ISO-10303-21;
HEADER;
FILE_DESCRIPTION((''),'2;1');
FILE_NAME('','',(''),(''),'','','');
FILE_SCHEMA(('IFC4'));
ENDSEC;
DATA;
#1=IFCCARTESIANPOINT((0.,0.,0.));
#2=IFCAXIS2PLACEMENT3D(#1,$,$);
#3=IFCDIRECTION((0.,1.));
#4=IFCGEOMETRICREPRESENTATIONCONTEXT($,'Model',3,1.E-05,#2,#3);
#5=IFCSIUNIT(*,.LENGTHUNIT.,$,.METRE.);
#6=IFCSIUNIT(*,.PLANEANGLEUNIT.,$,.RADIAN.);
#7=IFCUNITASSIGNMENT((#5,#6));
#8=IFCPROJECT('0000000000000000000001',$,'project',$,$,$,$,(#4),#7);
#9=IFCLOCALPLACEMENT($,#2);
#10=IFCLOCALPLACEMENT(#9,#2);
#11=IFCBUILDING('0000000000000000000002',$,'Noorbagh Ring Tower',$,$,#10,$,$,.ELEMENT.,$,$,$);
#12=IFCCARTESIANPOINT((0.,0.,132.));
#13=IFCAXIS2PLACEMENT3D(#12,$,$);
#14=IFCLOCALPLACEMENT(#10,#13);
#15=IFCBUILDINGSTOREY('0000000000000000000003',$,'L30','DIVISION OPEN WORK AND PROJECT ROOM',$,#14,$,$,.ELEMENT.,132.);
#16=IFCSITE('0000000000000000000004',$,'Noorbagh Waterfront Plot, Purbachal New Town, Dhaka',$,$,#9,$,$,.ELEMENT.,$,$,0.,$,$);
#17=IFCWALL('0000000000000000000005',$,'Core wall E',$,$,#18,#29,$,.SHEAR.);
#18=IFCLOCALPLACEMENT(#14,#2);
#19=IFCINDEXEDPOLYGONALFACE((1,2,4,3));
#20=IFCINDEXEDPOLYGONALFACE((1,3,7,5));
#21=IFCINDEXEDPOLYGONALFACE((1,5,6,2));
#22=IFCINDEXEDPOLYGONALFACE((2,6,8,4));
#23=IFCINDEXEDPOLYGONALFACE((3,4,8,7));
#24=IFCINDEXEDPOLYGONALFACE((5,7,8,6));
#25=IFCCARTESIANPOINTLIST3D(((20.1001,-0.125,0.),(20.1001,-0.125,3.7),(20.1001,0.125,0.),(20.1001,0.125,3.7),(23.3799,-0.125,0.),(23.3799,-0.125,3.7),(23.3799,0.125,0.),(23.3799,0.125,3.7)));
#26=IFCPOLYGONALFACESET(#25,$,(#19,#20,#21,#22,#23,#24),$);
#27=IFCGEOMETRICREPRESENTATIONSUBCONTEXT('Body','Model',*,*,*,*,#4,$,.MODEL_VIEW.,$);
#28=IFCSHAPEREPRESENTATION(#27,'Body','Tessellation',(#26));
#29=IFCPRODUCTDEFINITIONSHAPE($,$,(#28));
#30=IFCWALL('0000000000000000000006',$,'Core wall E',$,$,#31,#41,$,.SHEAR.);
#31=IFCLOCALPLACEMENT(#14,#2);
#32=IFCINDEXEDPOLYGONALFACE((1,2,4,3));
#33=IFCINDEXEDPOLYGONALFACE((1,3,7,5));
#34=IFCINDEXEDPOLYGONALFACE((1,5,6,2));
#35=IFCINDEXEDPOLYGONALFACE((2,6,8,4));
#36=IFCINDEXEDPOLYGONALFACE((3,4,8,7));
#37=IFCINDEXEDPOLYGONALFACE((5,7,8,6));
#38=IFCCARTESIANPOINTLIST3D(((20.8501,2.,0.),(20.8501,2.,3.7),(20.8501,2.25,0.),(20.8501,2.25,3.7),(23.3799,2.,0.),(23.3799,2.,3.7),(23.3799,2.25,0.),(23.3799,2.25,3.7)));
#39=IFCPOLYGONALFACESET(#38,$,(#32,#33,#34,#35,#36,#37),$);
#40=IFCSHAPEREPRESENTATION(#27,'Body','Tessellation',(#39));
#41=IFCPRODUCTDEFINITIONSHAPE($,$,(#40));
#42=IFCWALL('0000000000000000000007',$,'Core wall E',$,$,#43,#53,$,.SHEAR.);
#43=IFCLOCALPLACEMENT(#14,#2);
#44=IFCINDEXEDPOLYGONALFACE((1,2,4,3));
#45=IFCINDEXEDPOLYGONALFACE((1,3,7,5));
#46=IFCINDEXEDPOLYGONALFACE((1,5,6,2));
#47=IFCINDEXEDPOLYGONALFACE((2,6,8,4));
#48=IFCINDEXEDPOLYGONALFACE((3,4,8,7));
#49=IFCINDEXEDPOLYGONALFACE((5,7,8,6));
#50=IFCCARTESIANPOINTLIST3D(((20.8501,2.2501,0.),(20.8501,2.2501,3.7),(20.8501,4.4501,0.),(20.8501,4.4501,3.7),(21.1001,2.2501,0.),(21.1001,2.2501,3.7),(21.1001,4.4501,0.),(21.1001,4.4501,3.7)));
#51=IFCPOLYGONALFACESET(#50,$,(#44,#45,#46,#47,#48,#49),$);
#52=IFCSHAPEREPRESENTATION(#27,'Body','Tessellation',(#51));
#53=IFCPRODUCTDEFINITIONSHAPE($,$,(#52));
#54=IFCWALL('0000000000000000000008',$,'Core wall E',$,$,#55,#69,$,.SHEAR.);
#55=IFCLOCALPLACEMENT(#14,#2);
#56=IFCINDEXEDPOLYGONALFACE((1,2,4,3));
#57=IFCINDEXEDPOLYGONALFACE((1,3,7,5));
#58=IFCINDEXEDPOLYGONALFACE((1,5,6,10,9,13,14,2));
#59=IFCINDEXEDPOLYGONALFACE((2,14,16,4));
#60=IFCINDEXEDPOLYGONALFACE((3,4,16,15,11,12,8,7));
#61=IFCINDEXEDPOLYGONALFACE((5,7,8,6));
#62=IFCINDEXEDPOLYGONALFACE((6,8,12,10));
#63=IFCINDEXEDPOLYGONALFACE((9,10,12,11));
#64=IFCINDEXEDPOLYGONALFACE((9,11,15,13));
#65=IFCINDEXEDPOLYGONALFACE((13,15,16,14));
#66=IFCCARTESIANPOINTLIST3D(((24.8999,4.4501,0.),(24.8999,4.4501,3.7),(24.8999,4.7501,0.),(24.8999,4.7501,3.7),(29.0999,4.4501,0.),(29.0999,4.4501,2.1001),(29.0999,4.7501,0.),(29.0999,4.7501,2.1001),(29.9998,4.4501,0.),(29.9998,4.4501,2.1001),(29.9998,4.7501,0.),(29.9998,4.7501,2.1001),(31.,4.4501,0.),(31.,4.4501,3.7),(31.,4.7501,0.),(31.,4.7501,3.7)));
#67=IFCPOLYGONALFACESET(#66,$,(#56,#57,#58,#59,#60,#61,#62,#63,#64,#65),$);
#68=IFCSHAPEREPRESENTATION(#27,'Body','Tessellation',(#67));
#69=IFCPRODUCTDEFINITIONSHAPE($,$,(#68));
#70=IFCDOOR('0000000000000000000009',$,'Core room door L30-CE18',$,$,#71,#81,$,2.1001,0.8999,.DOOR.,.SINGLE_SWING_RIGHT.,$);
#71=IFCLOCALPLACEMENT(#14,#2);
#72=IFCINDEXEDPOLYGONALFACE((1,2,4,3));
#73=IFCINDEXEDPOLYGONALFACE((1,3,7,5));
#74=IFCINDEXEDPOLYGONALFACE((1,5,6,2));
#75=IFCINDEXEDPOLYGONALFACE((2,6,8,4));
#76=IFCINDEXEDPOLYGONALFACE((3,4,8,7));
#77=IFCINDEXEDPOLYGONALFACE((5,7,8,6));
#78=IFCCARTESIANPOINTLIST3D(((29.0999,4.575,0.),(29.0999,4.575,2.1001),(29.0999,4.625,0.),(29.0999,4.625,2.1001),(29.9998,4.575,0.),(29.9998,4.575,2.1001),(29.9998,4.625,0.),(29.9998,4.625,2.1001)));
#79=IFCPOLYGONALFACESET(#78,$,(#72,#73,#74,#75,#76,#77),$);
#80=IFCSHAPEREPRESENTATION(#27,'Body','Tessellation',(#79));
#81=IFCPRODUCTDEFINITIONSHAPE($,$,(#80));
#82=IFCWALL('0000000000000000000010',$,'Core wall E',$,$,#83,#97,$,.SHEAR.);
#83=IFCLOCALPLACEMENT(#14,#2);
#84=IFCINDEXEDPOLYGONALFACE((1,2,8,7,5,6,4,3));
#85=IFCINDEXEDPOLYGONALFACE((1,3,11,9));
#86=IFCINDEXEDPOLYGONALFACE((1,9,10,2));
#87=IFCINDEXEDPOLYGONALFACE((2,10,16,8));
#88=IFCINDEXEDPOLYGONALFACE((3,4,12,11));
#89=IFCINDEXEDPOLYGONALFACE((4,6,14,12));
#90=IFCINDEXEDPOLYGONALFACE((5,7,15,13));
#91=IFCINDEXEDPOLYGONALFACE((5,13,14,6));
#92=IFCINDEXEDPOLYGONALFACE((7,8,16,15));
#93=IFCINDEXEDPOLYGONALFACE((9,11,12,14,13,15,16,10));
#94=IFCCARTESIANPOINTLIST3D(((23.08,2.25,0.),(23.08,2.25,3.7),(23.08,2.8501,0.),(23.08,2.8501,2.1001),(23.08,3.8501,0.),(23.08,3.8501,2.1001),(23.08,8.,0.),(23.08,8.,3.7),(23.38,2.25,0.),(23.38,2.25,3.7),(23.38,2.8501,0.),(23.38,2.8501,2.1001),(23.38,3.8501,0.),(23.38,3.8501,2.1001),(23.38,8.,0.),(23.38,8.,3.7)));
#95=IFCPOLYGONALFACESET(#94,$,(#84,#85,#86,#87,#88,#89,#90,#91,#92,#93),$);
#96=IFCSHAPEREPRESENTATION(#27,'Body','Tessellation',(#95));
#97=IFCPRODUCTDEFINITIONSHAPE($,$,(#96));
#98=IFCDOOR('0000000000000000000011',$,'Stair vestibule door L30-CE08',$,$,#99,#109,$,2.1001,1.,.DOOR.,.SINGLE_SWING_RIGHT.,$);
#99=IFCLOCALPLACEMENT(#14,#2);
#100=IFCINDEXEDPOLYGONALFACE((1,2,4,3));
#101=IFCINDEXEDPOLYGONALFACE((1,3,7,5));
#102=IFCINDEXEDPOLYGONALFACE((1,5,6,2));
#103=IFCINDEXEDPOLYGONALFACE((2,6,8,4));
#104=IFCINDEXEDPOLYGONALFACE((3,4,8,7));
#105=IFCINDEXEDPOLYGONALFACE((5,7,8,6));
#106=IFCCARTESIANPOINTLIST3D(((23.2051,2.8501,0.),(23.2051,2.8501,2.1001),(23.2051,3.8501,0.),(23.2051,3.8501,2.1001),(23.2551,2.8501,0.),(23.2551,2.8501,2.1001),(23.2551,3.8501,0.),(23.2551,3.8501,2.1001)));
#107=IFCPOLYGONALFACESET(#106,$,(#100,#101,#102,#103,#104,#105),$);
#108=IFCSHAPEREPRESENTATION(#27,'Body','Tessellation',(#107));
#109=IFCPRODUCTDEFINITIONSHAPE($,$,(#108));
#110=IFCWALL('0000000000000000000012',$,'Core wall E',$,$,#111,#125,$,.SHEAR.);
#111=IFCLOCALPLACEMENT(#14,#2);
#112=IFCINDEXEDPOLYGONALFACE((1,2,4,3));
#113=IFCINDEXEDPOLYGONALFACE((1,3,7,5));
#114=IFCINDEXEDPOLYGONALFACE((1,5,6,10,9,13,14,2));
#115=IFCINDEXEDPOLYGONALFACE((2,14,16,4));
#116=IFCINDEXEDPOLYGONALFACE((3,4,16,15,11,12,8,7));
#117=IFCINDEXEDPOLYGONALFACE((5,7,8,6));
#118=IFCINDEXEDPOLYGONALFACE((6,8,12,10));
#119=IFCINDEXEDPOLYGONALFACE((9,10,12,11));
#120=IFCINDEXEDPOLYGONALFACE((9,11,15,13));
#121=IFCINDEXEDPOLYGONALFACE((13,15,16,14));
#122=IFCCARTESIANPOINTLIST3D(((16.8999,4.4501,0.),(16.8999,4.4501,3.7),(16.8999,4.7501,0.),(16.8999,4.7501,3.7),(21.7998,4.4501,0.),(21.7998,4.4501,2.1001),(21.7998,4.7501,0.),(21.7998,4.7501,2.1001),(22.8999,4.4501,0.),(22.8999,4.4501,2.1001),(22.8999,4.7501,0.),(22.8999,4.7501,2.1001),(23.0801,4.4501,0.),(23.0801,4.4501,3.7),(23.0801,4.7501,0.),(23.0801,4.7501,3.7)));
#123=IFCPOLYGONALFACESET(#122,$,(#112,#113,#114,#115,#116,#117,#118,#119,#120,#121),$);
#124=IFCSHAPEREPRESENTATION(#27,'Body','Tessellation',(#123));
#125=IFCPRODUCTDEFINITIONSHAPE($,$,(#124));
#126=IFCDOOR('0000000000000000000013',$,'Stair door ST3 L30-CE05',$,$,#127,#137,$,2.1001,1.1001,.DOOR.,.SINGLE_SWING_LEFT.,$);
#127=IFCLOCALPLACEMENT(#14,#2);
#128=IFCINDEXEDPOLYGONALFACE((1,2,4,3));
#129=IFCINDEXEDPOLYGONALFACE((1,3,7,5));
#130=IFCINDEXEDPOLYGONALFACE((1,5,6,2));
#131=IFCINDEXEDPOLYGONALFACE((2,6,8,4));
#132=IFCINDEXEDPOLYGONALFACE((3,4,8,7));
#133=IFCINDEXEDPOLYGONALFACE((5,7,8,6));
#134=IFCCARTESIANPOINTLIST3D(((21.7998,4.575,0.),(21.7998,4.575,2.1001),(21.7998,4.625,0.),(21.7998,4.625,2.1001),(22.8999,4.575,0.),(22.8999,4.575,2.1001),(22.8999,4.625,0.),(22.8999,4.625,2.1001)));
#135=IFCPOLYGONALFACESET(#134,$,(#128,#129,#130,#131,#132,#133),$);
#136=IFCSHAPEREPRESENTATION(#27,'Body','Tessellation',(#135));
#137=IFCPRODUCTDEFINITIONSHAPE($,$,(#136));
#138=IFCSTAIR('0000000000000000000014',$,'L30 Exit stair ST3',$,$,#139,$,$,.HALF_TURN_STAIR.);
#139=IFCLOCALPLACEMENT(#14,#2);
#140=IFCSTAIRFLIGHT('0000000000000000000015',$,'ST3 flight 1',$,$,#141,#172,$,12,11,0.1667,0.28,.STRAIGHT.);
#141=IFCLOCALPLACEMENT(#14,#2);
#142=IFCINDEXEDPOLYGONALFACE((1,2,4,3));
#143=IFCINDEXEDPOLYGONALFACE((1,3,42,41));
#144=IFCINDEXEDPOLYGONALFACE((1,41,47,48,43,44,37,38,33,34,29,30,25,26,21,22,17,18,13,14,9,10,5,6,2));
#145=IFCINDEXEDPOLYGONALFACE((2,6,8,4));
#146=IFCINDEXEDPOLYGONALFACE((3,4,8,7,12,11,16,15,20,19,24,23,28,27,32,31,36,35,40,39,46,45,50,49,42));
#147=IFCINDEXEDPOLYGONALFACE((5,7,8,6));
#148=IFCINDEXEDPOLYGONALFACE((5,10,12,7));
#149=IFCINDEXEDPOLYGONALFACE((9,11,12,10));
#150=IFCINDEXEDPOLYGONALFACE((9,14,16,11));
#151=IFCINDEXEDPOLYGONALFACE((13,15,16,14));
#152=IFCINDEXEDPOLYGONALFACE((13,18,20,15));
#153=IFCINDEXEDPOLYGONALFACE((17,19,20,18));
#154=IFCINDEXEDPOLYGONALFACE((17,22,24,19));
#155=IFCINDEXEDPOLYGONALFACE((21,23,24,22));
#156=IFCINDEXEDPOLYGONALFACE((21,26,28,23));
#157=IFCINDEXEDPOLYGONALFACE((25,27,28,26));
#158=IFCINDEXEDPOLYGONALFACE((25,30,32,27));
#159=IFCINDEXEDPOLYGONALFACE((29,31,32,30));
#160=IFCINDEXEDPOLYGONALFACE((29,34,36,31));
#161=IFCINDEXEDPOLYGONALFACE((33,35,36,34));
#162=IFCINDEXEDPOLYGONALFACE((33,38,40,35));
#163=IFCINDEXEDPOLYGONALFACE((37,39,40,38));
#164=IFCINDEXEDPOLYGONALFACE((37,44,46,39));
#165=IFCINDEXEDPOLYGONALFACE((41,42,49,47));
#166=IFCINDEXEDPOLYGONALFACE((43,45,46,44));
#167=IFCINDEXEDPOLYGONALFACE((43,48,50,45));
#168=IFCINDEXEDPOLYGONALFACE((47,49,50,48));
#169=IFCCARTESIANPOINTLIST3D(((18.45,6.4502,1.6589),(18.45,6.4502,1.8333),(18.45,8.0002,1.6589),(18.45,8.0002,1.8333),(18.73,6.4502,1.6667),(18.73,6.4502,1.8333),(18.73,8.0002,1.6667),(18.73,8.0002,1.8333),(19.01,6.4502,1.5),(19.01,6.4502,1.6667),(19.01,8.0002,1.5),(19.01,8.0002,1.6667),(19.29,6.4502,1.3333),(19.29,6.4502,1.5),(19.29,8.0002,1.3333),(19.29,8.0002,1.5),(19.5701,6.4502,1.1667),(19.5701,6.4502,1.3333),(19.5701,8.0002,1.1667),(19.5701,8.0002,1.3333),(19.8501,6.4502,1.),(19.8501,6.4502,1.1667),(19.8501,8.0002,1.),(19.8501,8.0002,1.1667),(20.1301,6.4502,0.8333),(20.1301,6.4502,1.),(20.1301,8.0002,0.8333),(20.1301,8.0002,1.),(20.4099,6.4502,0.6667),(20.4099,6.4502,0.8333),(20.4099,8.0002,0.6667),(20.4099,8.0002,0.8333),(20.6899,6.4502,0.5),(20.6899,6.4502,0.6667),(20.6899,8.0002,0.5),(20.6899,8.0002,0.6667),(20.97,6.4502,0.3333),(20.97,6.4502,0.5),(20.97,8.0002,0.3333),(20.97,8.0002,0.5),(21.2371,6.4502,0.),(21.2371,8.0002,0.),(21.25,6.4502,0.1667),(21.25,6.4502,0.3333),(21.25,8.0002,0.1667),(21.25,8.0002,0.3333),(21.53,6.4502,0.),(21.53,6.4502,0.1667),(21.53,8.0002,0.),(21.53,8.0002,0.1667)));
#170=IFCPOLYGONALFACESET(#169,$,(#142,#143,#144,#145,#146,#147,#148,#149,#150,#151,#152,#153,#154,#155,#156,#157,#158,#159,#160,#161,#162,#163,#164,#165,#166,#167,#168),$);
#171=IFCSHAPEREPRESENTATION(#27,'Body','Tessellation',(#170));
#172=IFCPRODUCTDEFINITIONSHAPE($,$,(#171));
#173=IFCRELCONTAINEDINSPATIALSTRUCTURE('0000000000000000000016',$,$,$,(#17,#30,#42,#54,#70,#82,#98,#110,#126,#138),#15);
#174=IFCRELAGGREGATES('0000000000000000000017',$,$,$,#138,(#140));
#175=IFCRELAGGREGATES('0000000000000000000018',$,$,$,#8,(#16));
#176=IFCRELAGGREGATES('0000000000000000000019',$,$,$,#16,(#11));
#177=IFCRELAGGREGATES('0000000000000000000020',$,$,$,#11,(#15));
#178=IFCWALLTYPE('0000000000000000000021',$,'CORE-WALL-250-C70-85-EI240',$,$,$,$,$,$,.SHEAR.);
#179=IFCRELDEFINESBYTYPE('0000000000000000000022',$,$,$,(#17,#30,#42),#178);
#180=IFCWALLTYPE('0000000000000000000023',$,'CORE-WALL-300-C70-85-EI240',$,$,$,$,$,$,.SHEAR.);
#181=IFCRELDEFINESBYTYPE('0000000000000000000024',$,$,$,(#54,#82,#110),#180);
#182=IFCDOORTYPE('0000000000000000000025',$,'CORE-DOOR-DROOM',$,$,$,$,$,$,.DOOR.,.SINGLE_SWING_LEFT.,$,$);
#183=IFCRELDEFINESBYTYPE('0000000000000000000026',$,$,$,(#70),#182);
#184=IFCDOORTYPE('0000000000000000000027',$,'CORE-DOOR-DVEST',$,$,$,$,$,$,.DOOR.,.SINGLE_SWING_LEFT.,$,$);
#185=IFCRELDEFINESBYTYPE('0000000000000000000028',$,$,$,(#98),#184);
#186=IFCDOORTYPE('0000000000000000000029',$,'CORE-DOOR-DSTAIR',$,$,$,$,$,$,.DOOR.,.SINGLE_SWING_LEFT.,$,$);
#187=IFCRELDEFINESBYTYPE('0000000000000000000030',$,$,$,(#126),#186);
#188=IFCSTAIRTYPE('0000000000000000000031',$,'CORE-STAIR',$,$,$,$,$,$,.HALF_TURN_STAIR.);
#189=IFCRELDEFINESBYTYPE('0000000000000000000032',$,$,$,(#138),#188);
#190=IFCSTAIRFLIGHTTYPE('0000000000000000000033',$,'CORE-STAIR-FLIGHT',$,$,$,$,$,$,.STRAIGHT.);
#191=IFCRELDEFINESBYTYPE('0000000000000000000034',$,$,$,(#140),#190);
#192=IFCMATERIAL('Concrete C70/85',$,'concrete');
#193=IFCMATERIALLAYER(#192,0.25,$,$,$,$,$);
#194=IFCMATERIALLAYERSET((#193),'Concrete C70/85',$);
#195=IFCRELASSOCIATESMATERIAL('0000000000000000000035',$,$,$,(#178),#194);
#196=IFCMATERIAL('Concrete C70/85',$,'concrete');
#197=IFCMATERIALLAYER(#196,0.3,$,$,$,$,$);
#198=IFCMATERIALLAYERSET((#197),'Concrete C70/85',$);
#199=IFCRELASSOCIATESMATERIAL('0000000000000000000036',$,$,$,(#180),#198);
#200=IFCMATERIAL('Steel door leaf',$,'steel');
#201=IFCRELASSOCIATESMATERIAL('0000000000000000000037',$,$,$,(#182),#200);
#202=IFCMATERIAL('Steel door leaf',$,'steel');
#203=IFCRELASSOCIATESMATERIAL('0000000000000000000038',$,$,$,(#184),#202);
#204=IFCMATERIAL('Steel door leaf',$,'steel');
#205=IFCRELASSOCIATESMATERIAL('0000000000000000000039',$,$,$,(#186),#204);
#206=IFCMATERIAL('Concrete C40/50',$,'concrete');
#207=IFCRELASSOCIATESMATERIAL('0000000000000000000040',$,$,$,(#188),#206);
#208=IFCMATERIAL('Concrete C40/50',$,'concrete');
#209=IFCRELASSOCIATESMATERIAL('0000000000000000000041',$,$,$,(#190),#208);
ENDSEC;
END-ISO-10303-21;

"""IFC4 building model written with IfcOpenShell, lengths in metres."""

from ifc_helpers import new_model, si_unit, direction, frame, frame_2d, origin, place, context, subcontext, project, spatial, polyline, rectangle, outline, extrude, material, layer, layer_set, type_object, element, fill, aggregate, save


model = new_model("IFC4")

# Units and contexts
model_context = context("Model", 3, precision=1e-05, world=origin(), true_north=direction((0.0, 1.0)))
body_context = subcontext(model_context, "Body", "Model", "MODEL_VIEW")
ifc_project = project(units=[si_unit("LENGTHUNIT", "METRE"), si_unit("PLANEANGLEUNIT", "RADIAN")], contexts=[model_context])

# Site, building, storey
site_placement = place(None, origin())
site = spatial("IfcSite", under=ifc_project, at=site_placement, Name="Noorbagh Waterfront Plot, Purbachal New Town, Dhaka", CompositionType="ELEMENT", RefElevation=0.0)
building_placement = place(site_placement, origin())
building = spatial("IfcBuilding", under=site, at=building_placement, Name="Noorbagh Ring Tower", CompositionType="ELEMENT")
storey_placement = place(building_placement, frame((0.0, 0.0, 132.0)))
storey = spatial("IfcBuildingStorey", under=building, at=storey_placement, Name="L30", Description="DIVISION OPEN WORK AND PROJECT ROOM", CompositionType="ELEMENT", Elevation=132.0)

# Walls
ifc_material_1 = material(Name="Concrete C70/85", Category="concrete")
ifc_layer_1 = layer(ifc_material_1, 0.25)
ifc_layer_set_1 = layer_set([ifc_layer_1], Name="Concrete C70/85")
wall_type_1 = type_object("IfcWallType", Name="CORE-WALL-250-C70-85-EI240", PredefinedType="SHEAR", material=ifc_layer_set_1)
wall_1_placement = place(storey_placement, frame((20.1001, 0.0, 0.0), z_axis=(0.0, 0.0, 1.0), x_axis=(1.0, 0.0, 0.0)))
element("IfcWall", 1, at=wall_1_placement, inside=storey, type_object=wall_type_1, Name="Core wall E", PredefinedType="SHEAR", context=body_context, shape_type="SweptSolid", body=[
    extrude(rectangle(XDim=3.2798, YDim=0.25, at=frame_2d((1.6399, 0.0))), origin(), (0.0, 0.0, 1.0), 3.7),
])
wall_2_placement = place(storey_placement, frame((20.8501, 2.125, 0.0), z_axis=(0.0, 0.0, 1.0), x_axis=(1.0, 0.0, 0.0)))
element("IfcWall", 2, at=wall_2_placement, inside=storey, type_object=wall_type_1, Name="Core wall E", PredefinedType="SHEAR", context=body_context, shape_type="SweptSolid", body=[
    extrude(rectangle(XDim=2.5298, YDim=0.25, at=frame_2d((1.2649, 0.0))), origin(), (0.0, 0.0, 1.0), 3.7),
])
wall_3_placement = place(storey_placement, frame((20.9751, 2.25, 0.0), z_axis=(0.0, 0.0, 1.0), x_axis=(0.0, 1.0, 0.0)))
element("IfcWall", 3, at=wall_3_placement, inside=storey, type_object=wall_type_1, Name="Core wall E", PredefinedType="SHEAR", context=body_context, shape_type="SweptSolid", body=[
    extrude(rectangle(XDim=2.2, YDim=0.25, at=frame_2d((1.1001, 0.0))), origin(), (0.0, 0.0, 1.0), 3.7),
])

# Walls, openings, doors
ifc_material_2 = material(Name="Concrete C70/85", Category="concrete")
ifc_layer_2 = layer(ifc_material_2, 0.3)
ifc_layer_set_2 = layer_set([ifc_layer_2], Name="Concrete C70/85")
wall_type_2 = type_object("IfcWallType", Name="CORE-WALL-300-C70-85-EI240", PredefinedType="SHEAR", material=ifc_layer_set_2)
wall_4_placement = place(storey_placement, frame((24.8999, 4.6001, 0.0), z_axis=(0.0, 0.0, 1.0), x_axis=(1.0, 0.0, 0.0)))
wall_4 = element("IfcWall", 4, at=wall_4_placement, inside=storey, type_object=wall_type_2, Name="Core wall E", PredefinedType="SHEAR", context=body_context, shape_type="SweptSolid", body=[
    extrude(rectangle(XDim=6.1001, YDim=0.3, at=frame_2d((3.05, 0.0))), origin(), (0.0, 0.0, 1.0), 3.7),
])
opening_1_placement = place(wall_4_placement, frame((4.2, 0.0, 0.0)))
opening_1 = element("IfcOpeningElement", 5, at=opening_1_placement, cuts=wall_4, PredefinedType="OPENING", context=body_context, shape_type="SweptSolid", body=[
    extrude(rectangle(XDim=0.8999, YDim=2.1001, at=frame_2d((0.45, 1.05))), frame((0.0, 0.1602, 0.0), z_axis=(0.0, -1.0, 0.0), x_axis=(1.0, 0.0, 0.0)), (0.0, 0.0, 1.0), 0.3201),
])
ifc_material_3 = material(Name="Steel door leaf", Category="steel")
door_type_1 = type_object("IfcDoorType", Name="CORE-DOOR-DROOM", OperationType="SINGLE_SWING_LEFT", PredefinedType="DOOR", material=ifc_material_3)
door_1_placement = place(opening_1_placement, origin())
door_1 = element("IfcDoor", 6, at=door_1_placement, inside=storey, type_object=door_type_1, Name="Core room door L30-CE18", OperationType="SINGLE_SWING_RIGHT", OverallHeight=2.1001, OverallWidth=0.8999, PredefinedType="DOOR", context=body_context, shape_type="SweptSolid", body=[
    extrude(rectangle(XDim=0.8999, YDim=2.1001, at=frame_2d((0.45, 1.05))), frame((0.0, 0.0249, 0.0), z_axis=(0.0, -1.0, 0.0), x_axis=(1.0, 0.0, 0.0)), (0.0, 0.0, 1.0), 0.05),
])
fill(opening_1, door_1)
wall_5_placement = place(storey_placement, frame((23.23, 2.25, 0.0), z_axis=(0.0, 0.0, 1.0), x_axis=(0.0, 1.0, 0.0)))
wall_5 = element("IfcWall", 7, at=wall_5_placement, inside=storey, type_object=wall_type_2, Name="Core wall E", PredefinedType="SHEAR", context=body_context, shape_type="SweptSolid", body=[
    extrude(rectangle(XDim=5.75, YDim=0.3, at=frame_2d((2.875, 0.0))), origin(), (0.0, 0.0, 1.0), 3.7),
])
opening_2_placement = place(wall_5_placement, frame((0.6001, 0.0, 0.0)))
opening_2 = element("IfcOpeningElement", 8, at=opening_2_placement, cuts=wall_5, PredefinedType="OPENING", context=body_context, shape_type="SweptSolid", body=[
    extrude(rectangle(XDim=1.0, YDim=2.1001, at=frame_2d((0.5, 1.05))), frame((0.0, 0.1602, 0.0), z_axis=(0.0, -1.0, 0.0), x_axis=(1.0, 0.0, 0.0)), (0.0, 0.0, 1.0), 0.3201),
])
ifc_material_4 = material(Name="Steel door leaf", Category="steel")
door_type_2 = type_object("IfcDoorType", Name="CORE-DOOR-DVEST", OperationType="SINGLE_SWING_LEFT", PredefinedType="DOOR", material=ifc_material_4)
door_2_placement = place(opening_2_placement, origin())
door_2 = element("IfcDoor", 9, at=door_2_placement, inside=storey, type_object=door_type_2, Name="Stair vestibule door L30-CE08", OperationType="SINGLE_SWING_RIGHT", OverallHeight=2.1001, OverallWidth=1.0, PredefinedType="DOOR", context=body_context, shape_type="SweptSolid", body=[
    extrude(rectangle(XDim=1.0, YDim=2.1001, at=frame_2d((0.5, 1.05))), frame((0.0, 0.0249, 0.0), z_axis=(0.0, -1.0, 0.0), x_axis=(1.0, 0.0, 0.0)), (0.0, 0.0, 1.0), 0.05),
])
fill(opening_2, door_2)
wall_6_placement = place(storey_placement, frame((16.8999, 4.6001, 0.0), z_axis=(0.0, 0.0, 1.0), x_axis=(1.0, 0.0, 0.0)))
wall_6 = element("IfcWall", 10, at=wall_6_placement, inside=storey, type_object=wall_type_2, Name="Core wall E", PredefinedType="SHEAR", context=body_context, shape_type="SweptSolid", body=[
    extrude(rectangle(XDim=6.1802, YDim=0.3, at=frame_2d((3.0901, 0.0))), origin(), (0.0, 0.0, 1.0), 3.7),
])
opening_3_placement = place(wall_6_placement, frame((4.8999, 0.0, 0.0)))
opening_3 = element("IfcOpeningElement", 11, at=opening_3_placement, cuts=wall_6, PredefinedType="OPENING", context=body_context, shape_type="SweptSolid", body=[
    extrude(rectangle(XDim=1.1001, YDim=2.1001, at=frame_2d((0.55, 1.05))), frame((0.0, 0.1602, 0.0), z_axis=(0.0, -1.0, 0.0), x_axis=(1.0, 0.0, 0.0)), (0.0, 0.0, 1.0), 0.3201),
])
ifc_material_5 = material(Name="Steel door leaf", Category="steel")
door_type_3 = type_object("IfcDoorType", Name="CORE-DOOR-DSTAIR", OperationType="SINGLE_SWING_LEFT", PredefinedType="DOOR", material=ifc_material_5)
door_3_placement = place(opening_3_placement, origin())
door_3 = element("IfcDoor", 12, at=door_3_placement, inside=storey, type_object=door_type_3, Name="Stair door ST3 L30-CE05", OperationType="SINGLE_SWING_LEFT", OverallHeight=2.1001, OverallWidth=1.1001, PredefinedType="DOOR", context=body_context, shape_type="SweptSolid", body=[
    extrude(rectangle(XDim=1.1001, YDim=2.1001, at=frame_2d((0.55, 1.05))), frame((0.0, 0.0249, 0.0), z_axis=(0.0, -1.0, 0.0), x_axis=(1.0, 0.0, 0.0)), (0.0, 0.0, 1.0), 0.05),
])
fill(opening_3, door_3)

# Stair, stair flight
ifc_material_6 = material(Name="Concrete C40/50", Category="concrete")
stair_type = type_object("IfcStairType", Name="CORE-STAIR", PredefinedType="HALF_TURN_STAIR", material=ifc_material_6)
stair_placement = place(storey_placement, origin())
stair = element("IfcStair", 13, at=stair_placement, inside=storey, type_object=stair_type, Name="L30 Exit stair ST3", PredefinedType="HALF_TURN_STAIR")
ifc_material_7 = material(Name="Concrete C40/50", Category="concrete")
stair_flight_type = type_object("IfcStairFlightType", Name="CORE-STAIR-FLIGHT", PredefinedType="STRAIGHT", material=ifc_material_7)
stair_flight_1_placement = place(storey_placement, frame((21.53, 7.2251, 0.0), z_axis=(0.0, 0.0, 1.0), x_axis=(-1.0, 0.0, 0.0)))
stair_flight_1 = element("IfcStairFlight", 14, at=stair_flight_1_placement, type_object=stair_flight_type, Name="ST3 flight 1", NumberOfRisers=12, NumberOfTreads=11, PredefinedType="STRAIGHT", RiserHeight=0.1667, TreadLength=0.28, context=body_context, shape_type="SweptSolid", body=[
    extrude(outline(polyline([(0.0, 0.0), (0.0, 0.1667), (0.28, 0.1667), (0.28, 0.3333), (0.5601, 0.3333), (0.5601, 0.5), (0.8401, 0.5), (0.8401, 0.6667), (1.1201, 0.6667), (1.1201, 0.8333), (1.3999, 0.8333), (1.3999, 1.0), (1.6799, 1.0), (1.6799, 1.1667), (1.96, 1.1667), (1.96, 1.3333), (2.24, 1.3333), (2.24, 1.5), (2.52, 1.5), (2.52, 1.6667), (2.8, 1.6667), (2.8, 1.8333), (3.0801, 1.8333), (3.0801, 2.0), (3.0801, 1.6589), (0.293, 0.0), (0.0, 0.0)])), frame((0.0, 0.7749, 0.0), z_axis=(0.0, -1.0, 0.0), x_axis=(1.0, 0.0, 0.0)), (0.0, 0.0, 1.0), 1.55),
])
aggregate(stair, [stair_flight_1])

save(model, "model.ifc")
